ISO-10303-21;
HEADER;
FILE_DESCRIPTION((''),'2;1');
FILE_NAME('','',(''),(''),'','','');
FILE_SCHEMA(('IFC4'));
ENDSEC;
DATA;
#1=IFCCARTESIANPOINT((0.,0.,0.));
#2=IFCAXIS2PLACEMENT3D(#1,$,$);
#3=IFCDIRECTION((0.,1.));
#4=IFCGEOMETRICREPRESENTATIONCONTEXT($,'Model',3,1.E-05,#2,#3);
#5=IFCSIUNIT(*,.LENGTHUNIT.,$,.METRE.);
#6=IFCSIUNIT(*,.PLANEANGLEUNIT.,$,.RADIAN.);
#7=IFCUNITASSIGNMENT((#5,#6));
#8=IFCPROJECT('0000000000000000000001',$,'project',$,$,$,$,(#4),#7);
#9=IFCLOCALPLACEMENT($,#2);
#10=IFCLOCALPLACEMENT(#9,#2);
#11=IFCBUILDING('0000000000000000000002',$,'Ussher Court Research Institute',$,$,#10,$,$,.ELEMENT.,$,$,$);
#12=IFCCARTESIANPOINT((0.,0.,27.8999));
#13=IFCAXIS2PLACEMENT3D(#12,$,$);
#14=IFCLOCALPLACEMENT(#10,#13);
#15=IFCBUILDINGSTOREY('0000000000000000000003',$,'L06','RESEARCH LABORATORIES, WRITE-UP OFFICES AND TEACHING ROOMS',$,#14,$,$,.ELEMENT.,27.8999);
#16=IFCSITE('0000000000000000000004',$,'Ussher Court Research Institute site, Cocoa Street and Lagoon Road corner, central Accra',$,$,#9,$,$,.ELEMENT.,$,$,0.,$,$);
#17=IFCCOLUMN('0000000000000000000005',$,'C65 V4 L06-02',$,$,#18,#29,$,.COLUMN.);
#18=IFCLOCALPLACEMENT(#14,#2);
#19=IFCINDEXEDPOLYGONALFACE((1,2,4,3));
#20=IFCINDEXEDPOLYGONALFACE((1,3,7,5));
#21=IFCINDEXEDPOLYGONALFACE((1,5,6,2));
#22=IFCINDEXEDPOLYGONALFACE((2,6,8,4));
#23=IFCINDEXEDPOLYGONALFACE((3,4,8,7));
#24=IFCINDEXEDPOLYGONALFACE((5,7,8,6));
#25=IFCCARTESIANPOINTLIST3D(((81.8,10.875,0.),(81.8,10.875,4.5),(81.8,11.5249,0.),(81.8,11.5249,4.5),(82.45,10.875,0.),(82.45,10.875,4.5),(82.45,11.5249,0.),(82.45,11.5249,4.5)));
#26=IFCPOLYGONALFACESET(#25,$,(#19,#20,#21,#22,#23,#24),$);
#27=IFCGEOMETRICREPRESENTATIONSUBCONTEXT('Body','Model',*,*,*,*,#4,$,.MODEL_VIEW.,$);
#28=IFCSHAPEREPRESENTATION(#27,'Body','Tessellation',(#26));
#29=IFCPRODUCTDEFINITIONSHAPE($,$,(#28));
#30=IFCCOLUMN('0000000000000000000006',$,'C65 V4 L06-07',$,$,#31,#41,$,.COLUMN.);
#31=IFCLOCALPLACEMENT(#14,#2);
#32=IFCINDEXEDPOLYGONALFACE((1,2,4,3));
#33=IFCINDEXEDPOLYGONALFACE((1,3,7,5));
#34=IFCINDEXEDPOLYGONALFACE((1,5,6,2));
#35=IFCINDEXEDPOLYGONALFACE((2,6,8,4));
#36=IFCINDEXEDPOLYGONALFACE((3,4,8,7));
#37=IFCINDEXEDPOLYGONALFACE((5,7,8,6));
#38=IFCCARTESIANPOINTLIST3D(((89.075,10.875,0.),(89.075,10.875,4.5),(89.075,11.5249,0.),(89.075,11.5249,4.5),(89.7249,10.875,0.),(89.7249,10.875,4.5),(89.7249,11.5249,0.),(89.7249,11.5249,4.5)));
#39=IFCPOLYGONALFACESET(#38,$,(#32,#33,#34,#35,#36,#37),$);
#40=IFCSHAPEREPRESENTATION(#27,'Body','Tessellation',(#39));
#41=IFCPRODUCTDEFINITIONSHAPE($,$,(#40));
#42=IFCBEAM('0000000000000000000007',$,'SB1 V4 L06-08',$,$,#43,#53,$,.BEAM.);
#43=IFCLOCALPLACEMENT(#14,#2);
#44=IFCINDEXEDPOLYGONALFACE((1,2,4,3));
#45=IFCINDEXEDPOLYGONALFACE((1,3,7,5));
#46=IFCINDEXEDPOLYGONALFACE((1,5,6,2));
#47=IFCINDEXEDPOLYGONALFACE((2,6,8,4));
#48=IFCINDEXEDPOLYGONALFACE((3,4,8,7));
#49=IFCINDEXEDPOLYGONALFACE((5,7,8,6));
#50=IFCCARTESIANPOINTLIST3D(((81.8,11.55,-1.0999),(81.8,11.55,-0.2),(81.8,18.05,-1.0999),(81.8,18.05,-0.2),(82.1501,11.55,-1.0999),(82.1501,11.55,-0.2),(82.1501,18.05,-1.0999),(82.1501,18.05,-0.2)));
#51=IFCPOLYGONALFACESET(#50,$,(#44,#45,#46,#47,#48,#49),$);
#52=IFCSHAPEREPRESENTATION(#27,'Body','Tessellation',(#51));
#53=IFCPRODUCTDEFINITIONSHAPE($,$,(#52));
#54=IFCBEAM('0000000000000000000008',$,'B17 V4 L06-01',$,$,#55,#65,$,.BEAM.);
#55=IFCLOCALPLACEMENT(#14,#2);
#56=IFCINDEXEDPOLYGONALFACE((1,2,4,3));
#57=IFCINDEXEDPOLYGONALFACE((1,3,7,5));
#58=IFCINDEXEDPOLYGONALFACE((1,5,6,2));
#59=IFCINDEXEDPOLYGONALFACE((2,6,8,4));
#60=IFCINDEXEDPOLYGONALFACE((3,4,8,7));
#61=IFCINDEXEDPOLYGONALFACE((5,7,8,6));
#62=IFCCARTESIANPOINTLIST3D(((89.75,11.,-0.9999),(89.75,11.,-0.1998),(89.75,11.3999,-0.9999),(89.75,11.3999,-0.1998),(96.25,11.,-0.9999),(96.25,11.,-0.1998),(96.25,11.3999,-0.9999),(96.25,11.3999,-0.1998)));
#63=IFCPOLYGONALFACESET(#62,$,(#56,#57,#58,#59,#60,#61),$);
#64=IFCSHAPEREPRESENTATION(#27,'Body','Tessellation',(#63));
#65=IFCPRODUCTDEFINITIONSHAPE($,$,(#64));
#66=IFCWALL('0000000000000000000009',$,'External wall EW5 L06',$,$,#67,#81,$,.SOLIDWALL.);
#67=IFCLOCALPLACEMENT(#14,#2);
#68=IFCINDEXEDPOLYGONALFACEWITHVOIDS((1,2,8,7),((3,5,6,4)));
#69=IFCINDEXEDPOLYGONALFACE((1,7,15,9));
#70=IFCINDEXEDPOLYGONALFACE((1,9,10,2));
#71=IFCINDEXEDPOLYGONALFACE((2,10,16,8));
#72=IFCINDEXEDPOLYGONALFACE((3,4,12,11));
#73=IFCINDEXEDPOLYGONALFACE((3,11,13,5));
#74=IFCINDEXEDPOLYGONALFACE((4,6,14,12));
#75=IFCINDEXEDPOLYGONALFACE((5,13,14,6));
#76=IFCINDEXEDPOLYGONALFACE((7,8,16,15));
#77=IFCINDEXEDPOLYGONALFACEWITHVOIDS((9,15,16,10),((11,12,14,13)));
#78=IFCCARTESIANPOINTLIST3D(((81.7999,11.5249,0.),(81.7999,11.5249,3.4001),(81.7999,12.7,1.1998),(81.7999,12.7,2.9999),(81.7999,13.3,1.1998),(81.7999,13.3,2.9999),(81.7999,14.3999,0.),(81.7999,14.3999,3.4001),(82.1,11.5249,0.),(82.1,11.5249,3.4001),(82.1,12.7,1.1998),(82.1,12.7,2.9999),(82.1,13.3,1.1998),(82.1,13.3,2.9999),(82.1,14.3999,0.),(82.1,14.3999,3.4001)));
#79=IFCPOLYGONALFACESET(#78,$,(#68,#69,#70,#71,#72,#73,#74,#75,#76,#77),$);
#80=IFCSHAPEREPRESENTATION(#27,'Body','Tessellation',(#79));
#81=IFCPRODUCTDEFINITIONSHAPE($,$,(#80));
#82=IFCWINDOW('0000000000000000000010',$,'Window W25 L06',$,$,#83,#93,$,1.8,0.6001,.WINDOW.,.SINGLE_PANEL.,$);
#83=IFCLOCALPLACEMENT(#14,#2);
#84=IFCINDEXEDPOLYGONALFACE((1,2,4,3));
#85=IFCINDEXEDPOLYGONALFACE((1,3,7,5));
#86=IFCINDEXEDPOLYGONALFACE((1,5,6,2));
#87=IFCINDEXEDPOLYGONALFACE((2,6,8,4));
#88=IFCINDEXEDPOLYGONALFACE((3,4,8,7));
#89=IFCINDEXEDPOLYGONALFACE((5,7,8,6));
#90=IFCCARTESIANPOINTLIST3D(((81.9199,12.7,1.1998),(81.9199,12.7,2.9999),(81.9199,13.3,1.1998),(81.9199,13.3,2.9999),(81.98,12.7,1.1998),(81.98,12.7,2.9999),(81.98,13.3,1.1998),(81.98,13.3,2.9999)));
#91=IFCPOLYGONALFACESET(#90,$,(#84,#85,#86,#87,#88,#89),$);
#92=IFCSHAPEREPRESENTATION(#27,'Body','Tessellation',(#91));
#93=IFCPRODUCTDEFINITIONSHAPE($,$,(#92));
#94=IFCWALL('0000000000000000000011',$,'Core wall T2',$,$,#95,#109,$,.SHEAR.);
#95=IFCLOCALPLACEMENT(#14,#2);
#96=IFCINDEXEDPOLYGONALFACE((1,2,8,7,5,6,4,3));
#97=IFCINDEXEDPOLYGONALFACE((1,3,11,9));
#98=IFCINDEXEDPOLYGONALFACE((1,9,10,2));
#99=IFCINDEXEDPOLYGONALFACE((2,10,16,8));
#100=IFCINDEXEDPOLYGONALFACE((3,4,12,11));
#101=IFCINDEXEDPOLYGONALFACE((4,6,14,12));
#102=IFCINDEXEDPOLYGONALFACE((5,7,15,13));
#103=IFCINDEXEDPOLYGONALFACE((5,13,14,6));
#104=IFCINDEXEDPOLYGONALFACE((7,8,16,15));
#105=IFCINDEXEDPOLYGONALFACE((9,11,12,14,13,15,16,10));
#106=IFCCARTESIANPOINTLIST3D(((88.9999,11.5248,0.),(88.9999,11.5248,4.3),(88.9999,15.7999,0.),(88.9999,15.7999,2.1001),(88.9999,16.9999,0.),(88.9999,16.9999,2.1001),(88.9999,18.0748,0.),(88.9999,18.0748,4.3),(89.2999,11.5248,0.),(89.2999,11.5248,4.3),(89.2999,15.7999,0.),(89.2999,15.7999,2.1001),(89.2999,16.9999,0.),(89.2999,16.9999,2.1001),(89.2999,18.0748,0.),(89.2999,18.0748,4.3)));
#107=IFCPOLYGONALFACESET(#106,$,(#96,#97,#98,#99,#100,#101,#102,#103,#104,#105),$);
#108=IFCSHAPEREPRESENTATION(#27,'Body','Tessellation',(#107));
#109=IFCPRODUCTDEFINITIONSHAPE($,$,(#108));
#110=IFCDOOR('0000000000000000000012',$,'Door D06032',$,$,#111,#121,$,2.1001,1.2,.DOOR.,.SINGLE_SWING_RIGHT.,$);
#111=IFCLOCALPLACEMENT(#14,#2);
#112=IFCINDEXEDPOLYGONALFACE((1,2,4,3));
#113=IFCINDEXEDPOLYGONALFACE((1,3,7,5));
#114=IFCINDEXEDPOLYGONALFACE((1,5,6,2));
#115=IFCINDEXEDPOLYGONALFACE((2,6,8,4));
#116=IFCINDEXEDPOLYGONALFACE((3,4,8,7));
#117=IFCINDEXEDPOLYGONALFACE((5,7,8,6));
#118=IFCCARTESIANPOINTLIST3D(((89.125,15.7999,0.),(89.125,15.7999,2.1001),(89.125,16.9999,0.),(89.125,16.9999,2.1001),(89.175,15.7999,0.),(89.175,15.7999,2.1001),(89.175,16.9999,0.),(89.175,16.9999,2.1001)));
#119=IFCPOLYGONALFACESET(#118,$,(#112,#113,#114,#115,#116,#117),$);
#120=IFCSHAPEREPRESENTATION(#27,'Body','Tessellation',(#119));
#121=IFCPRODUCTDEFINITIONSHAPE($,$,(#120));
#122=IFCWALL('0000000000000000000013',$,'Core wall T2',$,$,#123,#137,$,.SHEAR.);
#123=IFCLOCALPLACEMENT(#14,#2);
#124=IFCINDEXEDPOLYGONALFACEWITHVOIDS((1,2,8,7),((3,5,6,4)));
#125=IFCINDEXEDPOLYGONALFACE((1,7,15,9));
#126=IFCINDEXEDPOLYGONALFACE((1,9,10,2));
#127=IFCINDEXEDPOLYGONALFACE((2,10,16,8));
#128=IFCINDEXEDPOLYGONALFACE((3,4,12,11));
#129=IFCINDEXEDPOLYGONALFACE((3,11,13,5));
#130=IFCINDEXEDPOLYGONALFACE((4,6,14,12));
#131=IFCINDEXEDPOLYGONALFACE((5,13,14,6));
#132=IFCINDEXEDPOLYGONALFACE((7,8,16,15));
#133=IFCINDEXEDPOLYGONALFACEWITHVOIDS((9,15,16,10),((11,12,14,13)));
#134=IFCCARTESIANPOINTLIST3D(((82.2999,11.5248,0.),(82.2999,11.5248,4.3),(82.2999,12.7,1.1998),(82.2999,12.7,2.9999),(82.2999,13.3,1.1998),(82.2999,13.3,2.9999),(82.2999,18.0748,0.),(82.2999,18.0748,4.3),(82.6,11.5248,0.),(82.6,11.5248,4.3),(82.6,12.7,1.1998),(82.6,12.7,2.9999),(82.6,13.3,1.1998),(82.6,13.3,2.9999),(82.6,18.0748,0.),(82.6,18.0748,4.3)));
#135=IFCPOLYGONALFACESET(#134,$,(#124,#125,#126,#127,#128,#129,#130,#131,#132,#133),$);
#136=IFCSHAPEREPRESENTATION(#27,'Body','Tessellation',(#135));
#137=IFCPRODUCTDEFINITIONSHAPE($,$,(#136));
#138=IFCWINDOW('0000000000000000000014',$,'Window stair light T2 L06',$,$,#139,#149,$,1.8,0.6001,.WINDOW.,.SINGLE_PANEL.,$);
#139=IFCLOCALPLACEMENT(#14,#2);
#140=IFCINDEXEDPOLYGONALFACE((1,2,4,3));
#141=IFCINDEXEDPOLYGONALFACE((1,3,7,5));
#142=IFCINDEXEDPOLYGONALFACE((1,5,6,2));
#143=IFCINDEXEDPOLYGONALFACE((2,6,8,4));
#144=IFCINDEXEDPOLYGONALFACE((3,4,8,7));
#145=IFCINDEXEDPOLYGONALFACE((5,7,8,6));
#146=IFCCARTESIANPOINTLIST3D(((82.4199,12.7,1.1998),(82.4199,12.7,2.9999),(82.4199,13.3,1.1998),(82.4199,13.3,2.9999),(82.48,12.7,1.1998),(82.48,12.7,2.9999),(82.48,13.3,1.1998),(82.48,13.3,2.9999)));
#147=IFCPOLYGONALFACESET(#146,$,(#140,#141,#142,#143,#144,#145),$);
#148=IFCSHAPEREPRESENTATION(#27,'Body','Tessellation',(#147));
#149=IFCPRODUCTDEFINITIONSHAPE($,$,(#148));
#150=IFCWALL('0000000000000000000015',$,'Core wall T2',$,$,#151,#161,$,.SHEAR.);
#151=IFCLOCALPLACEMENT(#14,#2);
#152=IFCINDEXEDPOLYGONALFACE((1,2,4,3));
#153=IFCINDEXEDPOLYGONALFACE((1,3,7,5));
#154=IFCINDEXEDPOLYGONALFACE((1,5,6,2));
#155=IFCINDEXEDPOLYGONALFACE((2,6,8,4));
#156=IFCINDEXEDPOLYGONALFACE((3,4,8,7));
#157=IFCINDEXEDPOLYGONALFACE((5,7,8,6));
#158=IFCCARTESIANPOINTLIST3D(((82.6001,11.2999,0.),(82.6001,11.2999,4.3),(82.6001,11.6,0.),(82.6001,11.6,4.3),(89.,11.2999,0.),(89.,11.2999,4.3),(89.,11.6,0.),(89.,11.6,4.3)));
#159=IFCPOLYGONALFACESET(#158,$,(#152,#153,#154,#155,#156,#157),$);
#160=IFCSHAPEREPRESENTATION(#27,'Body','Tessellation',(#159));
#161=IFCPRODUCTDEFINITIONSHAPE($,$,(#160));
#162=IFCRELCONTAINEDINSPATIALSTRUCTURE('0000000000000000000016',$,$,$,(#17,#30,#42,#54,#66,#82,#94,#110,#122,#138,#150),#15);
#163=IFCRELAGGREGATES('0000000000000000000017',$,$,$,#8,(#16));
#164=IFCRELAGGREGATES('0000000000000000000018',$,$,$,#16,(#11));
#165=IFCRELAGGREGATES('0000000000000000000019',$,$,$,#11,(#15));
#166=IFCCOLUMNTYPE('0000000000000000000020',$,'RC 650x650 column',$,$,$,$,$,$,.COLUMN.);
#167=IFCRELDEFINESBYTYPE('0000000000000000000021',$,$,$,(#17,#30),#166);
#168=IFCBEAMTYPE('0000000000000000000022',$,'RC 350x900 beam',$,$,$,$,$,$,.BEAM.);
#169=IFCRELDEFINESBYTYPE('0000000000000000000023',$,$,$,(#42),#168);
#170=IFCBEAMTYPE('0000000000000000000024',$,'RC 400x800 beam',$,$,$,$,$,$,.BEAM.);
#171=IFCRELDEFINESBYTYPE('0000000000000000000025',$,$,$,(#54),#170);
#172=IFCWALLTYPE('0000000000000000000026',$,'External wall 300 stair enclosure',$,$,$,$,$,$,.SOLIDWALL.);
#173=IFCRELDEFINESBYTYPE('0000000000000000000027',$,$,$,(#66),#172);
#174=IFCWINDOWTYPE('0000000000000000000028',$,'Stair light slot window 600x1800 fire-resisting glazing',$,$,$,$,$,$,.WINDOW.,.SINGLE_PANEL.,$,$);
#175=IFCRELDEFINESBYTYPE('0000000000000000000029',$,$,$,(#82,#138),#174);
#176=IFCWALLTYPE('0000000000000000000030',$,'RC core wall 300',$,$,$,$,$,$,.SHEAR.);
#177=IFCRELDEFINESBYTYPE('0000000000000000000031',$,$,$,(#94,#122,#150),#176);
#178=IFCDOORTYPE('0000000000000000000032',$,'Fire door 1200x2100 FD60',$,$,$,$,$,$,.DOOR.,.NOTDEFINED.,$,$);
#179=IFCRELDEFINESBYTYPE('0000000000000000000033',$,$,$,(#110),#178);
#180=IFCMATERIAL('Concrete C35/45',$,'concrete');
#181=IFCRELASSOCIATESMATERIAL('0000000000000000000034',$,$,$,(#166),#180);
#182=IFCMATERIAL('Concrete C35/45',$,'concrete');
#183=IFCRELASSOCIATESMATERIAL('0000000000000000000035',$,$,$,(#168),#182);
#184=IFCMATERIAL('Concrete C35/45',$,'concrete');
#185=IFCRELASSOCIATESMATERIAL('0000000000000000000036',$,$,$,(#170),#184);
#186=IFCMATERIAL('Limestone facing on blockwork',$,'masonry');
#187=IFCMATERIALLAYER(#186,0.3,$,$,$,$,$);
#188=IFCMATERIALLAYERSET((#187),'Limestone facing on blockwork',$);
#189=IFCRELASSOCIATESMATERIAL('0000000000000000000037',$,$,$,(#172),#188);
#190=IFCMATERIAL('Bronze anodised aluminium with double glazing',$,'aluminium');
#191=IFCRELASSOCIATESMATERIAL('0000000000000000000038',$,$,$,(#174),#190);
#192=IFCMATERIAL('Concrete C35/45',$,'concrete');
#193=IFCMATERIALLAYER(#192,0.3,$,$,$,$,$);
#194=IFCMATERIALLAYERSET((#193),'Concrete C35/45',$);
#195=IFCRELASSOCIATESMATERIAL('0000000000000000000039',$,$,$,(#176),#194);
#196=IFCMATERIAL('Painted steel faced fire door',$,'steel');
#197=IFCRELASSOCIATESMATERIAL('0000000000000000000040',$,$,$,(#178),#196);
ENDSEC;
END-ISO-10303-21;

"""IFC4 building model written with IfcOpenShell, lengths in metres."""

from ifc_helpers import new_model, si_unit, direction, frame, frame_2d, origin, origin_2d, place, context, subcontext, project, spatial, rectangle, extrude, material, layer, layer_set, material_profile, profile_set, type_object, element, fill, save


model = new_model("IFC4")

# Units and contexts
model_context = context("Model", 3, precision=1e-05, world=origin(), true_north=direction((0.0, 1.0)))
body_context = subcontext(model_context, "Body", "Model", "MODEL_VIEW")
ifc_project = project(units=[si_unit("LENGTHUNIT", "METRE"), si_unit("PLANEANGLEUNIT", "RADIAN")], contexts=[model_context])

# Site, building, storey
site_placement = place(None, origin())
site = spatial("IfcSite", under=ifc_project, at=site_placement, Name="Ussher Court Research Institute site, Cocoa Street and Lagoon Road corner, central Accra", CompositionType="ELEMENT", RefElevation=0.0)
building_placement = place(site_placement, origin())
building = spatial("IfcBuilding", under=site, at=building_placement, Name="Ussher Court Research Institute", CompositionType="ELEMENT")
storey_placement = place(building_placement, frame((0.0, 0.0, 27.8999)))
storey = spatial("IfcBuildingStorey", under=building, at=storey_placement, Name="L06", Description="RESEARCH LABORATORIES, WRITE-UP OFFICES AND TEACHING ROOMS", CompositionType="ELEMENT", Elevation=27.8999)

# Columns
ifc_material_1 = material(Name="Concrete C35/45", Category="concrete")
ifc_material_profile_1 = material_profile(ifc_material_1, rectangle(XDim=0.6499, YDim=0.6499, at=origin_2d()), Name="RC 650x650")
ifc_profile_set_1 = profile_set([ifc_material_profile_1], Name="Concrete C35/45")
column_type = type_object("IfcColumnType", Name="RC 650x650 column", PredefinedType="COLUMN", material=ifc_profile_set_1)
for number, where, z_axis, x_axis, name in (
    (1, (82.125, 11.2, 0.0), (0.0, 0.0, 1.0), (1.0, 0.0, 0.0), "C65 V4 L06-02"),
    (2, (89.3999, 11.2, 0.0), (0.0, 0.0, 1.0), (1.0, 0.0, 0.0), "C65 V4 L06-07"),
):
    element("IfcColumn", number, at=place(storey_placement, frame(where, z_axis=z_axis, x_axis=x_axis)), inside=storey, type_object=column_type, Name=name, PredefinedType="COLUMN", context=body_context, shape_type="SweptSolid", body=[
        extrude(rectangle(XDim=0.6499, YDim=0.6499, at=origin_2d()), origin(), (0.0, 0.0, 1.0), 4.5),
    ])

# Beams
ifc_material_2 = material(Name="Concrete C35/45", Category="concrete")
ifc_material_profile_2 = material_profile(ifc_material_2, rectangle(XDim=0.3501, YDim=0.8999, at=origin_2d()), Name="RC 350x900")
ifc_profile_set_2 = profile_set([ifc_material_profile_2], Name="Concrete C35/45")
beam_type_1 = type_object("IfcBeamType", Name="RC 350x900 beam", PredefinedType="BEAM", material=ifc_profile_set_2)
beam_1_placement = place(storey_placement, frame((81.9751, 11.55, -0.6499), z_axis=(0.0, 1.0, 0.0), x_axis=(-1.0, 0.0, 0.0)))
element("IfcBeam", 3, at=beam_1_placement, inside=storey, type_object=beam_type_1, Name="SB1 V4 L06-08", PredefinedType="BEAM", context=body_context, shape_type="SweptSolid", body=[
    extrude(rectangle(XDim=0.3501, YDim=0.8999, at=origin_2d()), origin(), (0.0, 0.0, 1.0), 6.5),
])
ifc_material_3 = material(Name="Concrete C35/45", Category="concrete")
ifc_material_profile_3 = material_profile(ifc_material_3, rectangle(XDim=0.3999, YDim=0.8, at=origin_2d()), Name="RC 400x800")
ifc_profile_set_3 = profile_set([ifc_material_profile_3], Name="Concrete C35/45")
beam_type_2 = type_object("IfcBeamType", Name="RC 400x800 beam", PredefinedType="BEAM", material=ifc_profile_set_3)
beam_2_placement = place(storey_placement, frame((89.75, 11.2, -0.5999), z_axis=(1.0, 0.0, 0.0), x_axis=(0.0, 1.0, 0.0)))
element("IfcBeam", 4, at=beam_2_placement, inside=storey, type_object=beam_type_2, Name="B17 V4 L06-01", PredefinedType="BEAM", context=body_context, shape_type="SweptSolid", body=[
    extrude(rectangle(XDim=0.3999, YDim=0.8, at=origin_2d()), origin(), (0.0, 0.0, 1.0), 6.5),
])

# Wall, opening, window
ifc_material_4 = material(Name="Limestone facing on blockwork", Category="masonry")
ifc_layer_1 = layer(ifc_material_4, 0.3)
ifc_layer_set_1 = layer_set([ifc_layer_1], Name="Limestone facing on blockwork")
wall_type_1 = type_object("IfcWallType", Name="External wall 300 stair enclosure", PredefinedType="SOLIDWALL", material=ifc_layer_set_1)
wall_1_placement = place(storey_placement, frame((81.95, 11.5249, 0.0), z_axis=(0.0, 0.0, 1.0), x_axis=(0.0, 1.0, 0.0)))
wall_1 = element("IfcWall", 5, at=wall_1_placement, inside=storey, type_object=wall_type_1, Name="External wall EW5 L06", PredefinedType="SOLIDWALL", context=body_context, shape_type="SweptSolid", body=[
    extrude(rectangle(XDim=2.875, YDim=0.3, at=frame_2d((1.4375, 0.0))), origin(), (0.0, 0.0, 1.0), 3.4001),
])
opening_1_placement = place(wall_1_placement, frame((1.175, 0.0, 1.2)))
opening_1 = element("IfcOpeningElement", 6, at=opening_1_placement, cuts=wall_1, PredefinedType="OPENING", context=body_context, shape_type="SweptSolid", body=[
    extrude(rectangle(XDim=0.6001, YDim=1.8, at=frame_2d((0.3, 0.8999))), frame((0.0, 0.1602, 0.0), z_axis=(0.0, -1.0, 0.0), x_axis=(1.0, 0.0, 0.0)), (0.0, 0.0, 1.0), 0.3201),
])
ifc_material_5 = material(Name="Bronze anodised aluminium with double glazing", Category="aluminium")
window_type = type_object("IfcWindowType", Name="Stair light slot window 600x1800 fire-resisting glazing", PartitioningType="SINGLE_PANEL", PredefinedType="WINDOW", material=ifc_material_5)
window_1_placement = place(opening_1_placement, origin())
window_1 = element("IfcWindow", 7, at=window_1_placement, inside=storey, type_object=window_type, Name="Window W25 L06", OverallHeight=1.8, OverallWidth=0.6001, PartitioningType="SINGLE_PANEL", PredefinedType="WINDOW", context=body_context, shape_type="SweptSolid", body=[
    extrude(rectangle(XDim=0.6001, YDim=1.8, at=frame_2d((0.3, 0.8999))), frame((0.0, 0.03, 0.0), z_axis=(0.0, -1.0, 0.0), x_axis=(1.0, 0.0, 0.0)), (0.0, 0.0, 1.0), 0.0601),
])
fill(opening_1, window_1)

# Wall, opening, door
ifc_material_6 = material(Name="Concrete C35/45", Category="concrete")
ifc_layer_2 = layer(ifc_material_6, 0.3)
ifc_layer_set_2 = layer_set([ifc_layer_2], Name="Concrete C35/45")
wall_type_2 = type_object("IfcWallType", Name="RC core wall 300", PredefinedType="SHEAR", material=ifc_layer_set_2)
wall_2_placement = place(storey_placement, frame((89.1499, 11.5249, 0.0), z_axis=(0.0, 0.0, 1.0), x_axis=(0.0, 1.0, 0.0)))
wall_2 = element("IfcWall", 8, at=wall_2_placement, inside=storey, type_object=wall_type_2, Name="Core wall T2", PredefinedType="SHEAR", context=body_context, shape_type="SweptSolid", body=[
    extrude(rectangle(XDim=6.55, YDim=0.3, at=frame_2d((3.2749, 0.0))), origin(), (0.0, 0.0, 1.0), 4.3),
])
opening_2_placement = place(wall_2_placement, frame((4.2749, 0.0, 0.0)))
opening_2 = element("IfcOpeningElement", 9, at=opening_2_placement, cuts=wall_2, PredefinedType="OPENING", context=body_context, shape_type="SweptSolid", body=[
    extrude(rectangle(XDim=1.2, YDim=2.1001, at=frame_2d((0.6001, 1.05))), frame((0.0, 0.1602, 0.0), z_axis=(0.0, -1.0, 0.0), x_axis=(1.0, 0.0, 0.0)), (0.0, 0.0, 1.0), 0.3201),
])
ifc_material_7 = material(Name="Painted steel faced fire door", Category="steel")
door_type = type_object("IfcDoorType", Name="Fire door 1200x2100 FD60", OperationType="NOTDEFINED", PredefinedType="DOOR", material=ifc_material_7)
door_placement = place(opening_2_placement, origin())
door = element("IfcDoor", 10, at=door_placement, inside=storey, type_object=door_type, Name="Door D06032", OperationType="SINGLE_SWING_RIGHT", OverallHeight=2.1001, OverallWidth=1.2, PredefinedType="DOOR", context=body_context, shape_type="SweptSolid", body=[
    extrude(rectangle(XDim=1.2, YDim=2.1001, at=frame_2d((0.6001, 1.05))), frame((0.0, 0.0249, 0.0), z_axis=(0.0, -1.0, 0.0), x_axis=(1.0, 0.0, 0.0)), (0.0, 0.0, 1.0), 0.05),
])
fill(opening_2, door)

# Wall, opening, window
wall_3_placement = place(storey_placement, frame((82.45, 11.5249, 0.0), z_axis=(0.0, 0.0, 1.0), x_axis=(0.0, 1.0, 0.0)))
wall_3 = element("IfcWall", 11, at=wall_3_placement, inside=storey, type_object=wall_type_2, Name="Core wall T2", PredefinedType="SHEAR", context=body_context, shape_type="SweptSolid", body=[
    extrude(rectangle(XDim=6.55, YDim=0.3, at=frame_2d((3.2749, 0.0))), origin(), (0.0, 0.0, 1.0), 4.3),
])
opening_3_placement = place(wall_3_placement, frame((1.175, 0.0, 1.2)))
opening_3 = element("IfcOpeningElement", 12, at=opening_3_placement, cuts=wall_3, PredefinedType="OPENING", context=body_context, shape_type="SweptSolid", body=[
    extrude(rectangle(XDim=0.6001, YDim=1.8, at=frame_2d((0.3, 0.8999))), frame((0.0, 0.1602, 0.0), z_axis=(0.0, -1.0, 0.0), x_axis=(1.0, 0.0, 0.0)), (0.0, 0.0, 1.0), 0.3201),
])
window_2_placement = place(opening_3_placement, origin())
window_2 = element("IfcWindow", 13, at=window_2_placement, inside=storey, type_object=window_type, Name="Window stair light T2 L06", OverallHeight=1.8, OverallWidth=0.6001, PartitioningType="SINGLE_PANEL", PredefinedType="WINDOW", context=body_context, shape_type="SweptSolid", body=[
    extrude(rectangle(XDim=0.6001, YDim=1.8, at=frame_2d((0.3, 0.8999))), frame((0.0, 0.03, 0.0), z_axis=(0.0, -1.0, 0.0), x_axis=(1.0, 0.0, 0.0)), (0.0, 0.0, 1.0), 0.0601),
])
fill(opening_3, window_2)

# Wall
wall_4_placement = place(storey_placement, frame((82.6001, 11.45, 0.0), z_axis=(0.0, 0.0, 1.0), x_axis=(1.0, 0.0, 0.0)))
element("IfcWall", 14, at=wall_4_placement, inside=storey, type_object=wall_type_2, Name="Core wall T2", PredefinedType="SHEAR", context=body_context, shape_type="SweptSolid", body=[
    extrude(rectangle(XDim=6.3999, YDim=0.3, at=frame_2d((3.2, 0.0))), origin(), (0.0, 0.0, 1.0), 4.3),
])

save(model, "model.ifc")
